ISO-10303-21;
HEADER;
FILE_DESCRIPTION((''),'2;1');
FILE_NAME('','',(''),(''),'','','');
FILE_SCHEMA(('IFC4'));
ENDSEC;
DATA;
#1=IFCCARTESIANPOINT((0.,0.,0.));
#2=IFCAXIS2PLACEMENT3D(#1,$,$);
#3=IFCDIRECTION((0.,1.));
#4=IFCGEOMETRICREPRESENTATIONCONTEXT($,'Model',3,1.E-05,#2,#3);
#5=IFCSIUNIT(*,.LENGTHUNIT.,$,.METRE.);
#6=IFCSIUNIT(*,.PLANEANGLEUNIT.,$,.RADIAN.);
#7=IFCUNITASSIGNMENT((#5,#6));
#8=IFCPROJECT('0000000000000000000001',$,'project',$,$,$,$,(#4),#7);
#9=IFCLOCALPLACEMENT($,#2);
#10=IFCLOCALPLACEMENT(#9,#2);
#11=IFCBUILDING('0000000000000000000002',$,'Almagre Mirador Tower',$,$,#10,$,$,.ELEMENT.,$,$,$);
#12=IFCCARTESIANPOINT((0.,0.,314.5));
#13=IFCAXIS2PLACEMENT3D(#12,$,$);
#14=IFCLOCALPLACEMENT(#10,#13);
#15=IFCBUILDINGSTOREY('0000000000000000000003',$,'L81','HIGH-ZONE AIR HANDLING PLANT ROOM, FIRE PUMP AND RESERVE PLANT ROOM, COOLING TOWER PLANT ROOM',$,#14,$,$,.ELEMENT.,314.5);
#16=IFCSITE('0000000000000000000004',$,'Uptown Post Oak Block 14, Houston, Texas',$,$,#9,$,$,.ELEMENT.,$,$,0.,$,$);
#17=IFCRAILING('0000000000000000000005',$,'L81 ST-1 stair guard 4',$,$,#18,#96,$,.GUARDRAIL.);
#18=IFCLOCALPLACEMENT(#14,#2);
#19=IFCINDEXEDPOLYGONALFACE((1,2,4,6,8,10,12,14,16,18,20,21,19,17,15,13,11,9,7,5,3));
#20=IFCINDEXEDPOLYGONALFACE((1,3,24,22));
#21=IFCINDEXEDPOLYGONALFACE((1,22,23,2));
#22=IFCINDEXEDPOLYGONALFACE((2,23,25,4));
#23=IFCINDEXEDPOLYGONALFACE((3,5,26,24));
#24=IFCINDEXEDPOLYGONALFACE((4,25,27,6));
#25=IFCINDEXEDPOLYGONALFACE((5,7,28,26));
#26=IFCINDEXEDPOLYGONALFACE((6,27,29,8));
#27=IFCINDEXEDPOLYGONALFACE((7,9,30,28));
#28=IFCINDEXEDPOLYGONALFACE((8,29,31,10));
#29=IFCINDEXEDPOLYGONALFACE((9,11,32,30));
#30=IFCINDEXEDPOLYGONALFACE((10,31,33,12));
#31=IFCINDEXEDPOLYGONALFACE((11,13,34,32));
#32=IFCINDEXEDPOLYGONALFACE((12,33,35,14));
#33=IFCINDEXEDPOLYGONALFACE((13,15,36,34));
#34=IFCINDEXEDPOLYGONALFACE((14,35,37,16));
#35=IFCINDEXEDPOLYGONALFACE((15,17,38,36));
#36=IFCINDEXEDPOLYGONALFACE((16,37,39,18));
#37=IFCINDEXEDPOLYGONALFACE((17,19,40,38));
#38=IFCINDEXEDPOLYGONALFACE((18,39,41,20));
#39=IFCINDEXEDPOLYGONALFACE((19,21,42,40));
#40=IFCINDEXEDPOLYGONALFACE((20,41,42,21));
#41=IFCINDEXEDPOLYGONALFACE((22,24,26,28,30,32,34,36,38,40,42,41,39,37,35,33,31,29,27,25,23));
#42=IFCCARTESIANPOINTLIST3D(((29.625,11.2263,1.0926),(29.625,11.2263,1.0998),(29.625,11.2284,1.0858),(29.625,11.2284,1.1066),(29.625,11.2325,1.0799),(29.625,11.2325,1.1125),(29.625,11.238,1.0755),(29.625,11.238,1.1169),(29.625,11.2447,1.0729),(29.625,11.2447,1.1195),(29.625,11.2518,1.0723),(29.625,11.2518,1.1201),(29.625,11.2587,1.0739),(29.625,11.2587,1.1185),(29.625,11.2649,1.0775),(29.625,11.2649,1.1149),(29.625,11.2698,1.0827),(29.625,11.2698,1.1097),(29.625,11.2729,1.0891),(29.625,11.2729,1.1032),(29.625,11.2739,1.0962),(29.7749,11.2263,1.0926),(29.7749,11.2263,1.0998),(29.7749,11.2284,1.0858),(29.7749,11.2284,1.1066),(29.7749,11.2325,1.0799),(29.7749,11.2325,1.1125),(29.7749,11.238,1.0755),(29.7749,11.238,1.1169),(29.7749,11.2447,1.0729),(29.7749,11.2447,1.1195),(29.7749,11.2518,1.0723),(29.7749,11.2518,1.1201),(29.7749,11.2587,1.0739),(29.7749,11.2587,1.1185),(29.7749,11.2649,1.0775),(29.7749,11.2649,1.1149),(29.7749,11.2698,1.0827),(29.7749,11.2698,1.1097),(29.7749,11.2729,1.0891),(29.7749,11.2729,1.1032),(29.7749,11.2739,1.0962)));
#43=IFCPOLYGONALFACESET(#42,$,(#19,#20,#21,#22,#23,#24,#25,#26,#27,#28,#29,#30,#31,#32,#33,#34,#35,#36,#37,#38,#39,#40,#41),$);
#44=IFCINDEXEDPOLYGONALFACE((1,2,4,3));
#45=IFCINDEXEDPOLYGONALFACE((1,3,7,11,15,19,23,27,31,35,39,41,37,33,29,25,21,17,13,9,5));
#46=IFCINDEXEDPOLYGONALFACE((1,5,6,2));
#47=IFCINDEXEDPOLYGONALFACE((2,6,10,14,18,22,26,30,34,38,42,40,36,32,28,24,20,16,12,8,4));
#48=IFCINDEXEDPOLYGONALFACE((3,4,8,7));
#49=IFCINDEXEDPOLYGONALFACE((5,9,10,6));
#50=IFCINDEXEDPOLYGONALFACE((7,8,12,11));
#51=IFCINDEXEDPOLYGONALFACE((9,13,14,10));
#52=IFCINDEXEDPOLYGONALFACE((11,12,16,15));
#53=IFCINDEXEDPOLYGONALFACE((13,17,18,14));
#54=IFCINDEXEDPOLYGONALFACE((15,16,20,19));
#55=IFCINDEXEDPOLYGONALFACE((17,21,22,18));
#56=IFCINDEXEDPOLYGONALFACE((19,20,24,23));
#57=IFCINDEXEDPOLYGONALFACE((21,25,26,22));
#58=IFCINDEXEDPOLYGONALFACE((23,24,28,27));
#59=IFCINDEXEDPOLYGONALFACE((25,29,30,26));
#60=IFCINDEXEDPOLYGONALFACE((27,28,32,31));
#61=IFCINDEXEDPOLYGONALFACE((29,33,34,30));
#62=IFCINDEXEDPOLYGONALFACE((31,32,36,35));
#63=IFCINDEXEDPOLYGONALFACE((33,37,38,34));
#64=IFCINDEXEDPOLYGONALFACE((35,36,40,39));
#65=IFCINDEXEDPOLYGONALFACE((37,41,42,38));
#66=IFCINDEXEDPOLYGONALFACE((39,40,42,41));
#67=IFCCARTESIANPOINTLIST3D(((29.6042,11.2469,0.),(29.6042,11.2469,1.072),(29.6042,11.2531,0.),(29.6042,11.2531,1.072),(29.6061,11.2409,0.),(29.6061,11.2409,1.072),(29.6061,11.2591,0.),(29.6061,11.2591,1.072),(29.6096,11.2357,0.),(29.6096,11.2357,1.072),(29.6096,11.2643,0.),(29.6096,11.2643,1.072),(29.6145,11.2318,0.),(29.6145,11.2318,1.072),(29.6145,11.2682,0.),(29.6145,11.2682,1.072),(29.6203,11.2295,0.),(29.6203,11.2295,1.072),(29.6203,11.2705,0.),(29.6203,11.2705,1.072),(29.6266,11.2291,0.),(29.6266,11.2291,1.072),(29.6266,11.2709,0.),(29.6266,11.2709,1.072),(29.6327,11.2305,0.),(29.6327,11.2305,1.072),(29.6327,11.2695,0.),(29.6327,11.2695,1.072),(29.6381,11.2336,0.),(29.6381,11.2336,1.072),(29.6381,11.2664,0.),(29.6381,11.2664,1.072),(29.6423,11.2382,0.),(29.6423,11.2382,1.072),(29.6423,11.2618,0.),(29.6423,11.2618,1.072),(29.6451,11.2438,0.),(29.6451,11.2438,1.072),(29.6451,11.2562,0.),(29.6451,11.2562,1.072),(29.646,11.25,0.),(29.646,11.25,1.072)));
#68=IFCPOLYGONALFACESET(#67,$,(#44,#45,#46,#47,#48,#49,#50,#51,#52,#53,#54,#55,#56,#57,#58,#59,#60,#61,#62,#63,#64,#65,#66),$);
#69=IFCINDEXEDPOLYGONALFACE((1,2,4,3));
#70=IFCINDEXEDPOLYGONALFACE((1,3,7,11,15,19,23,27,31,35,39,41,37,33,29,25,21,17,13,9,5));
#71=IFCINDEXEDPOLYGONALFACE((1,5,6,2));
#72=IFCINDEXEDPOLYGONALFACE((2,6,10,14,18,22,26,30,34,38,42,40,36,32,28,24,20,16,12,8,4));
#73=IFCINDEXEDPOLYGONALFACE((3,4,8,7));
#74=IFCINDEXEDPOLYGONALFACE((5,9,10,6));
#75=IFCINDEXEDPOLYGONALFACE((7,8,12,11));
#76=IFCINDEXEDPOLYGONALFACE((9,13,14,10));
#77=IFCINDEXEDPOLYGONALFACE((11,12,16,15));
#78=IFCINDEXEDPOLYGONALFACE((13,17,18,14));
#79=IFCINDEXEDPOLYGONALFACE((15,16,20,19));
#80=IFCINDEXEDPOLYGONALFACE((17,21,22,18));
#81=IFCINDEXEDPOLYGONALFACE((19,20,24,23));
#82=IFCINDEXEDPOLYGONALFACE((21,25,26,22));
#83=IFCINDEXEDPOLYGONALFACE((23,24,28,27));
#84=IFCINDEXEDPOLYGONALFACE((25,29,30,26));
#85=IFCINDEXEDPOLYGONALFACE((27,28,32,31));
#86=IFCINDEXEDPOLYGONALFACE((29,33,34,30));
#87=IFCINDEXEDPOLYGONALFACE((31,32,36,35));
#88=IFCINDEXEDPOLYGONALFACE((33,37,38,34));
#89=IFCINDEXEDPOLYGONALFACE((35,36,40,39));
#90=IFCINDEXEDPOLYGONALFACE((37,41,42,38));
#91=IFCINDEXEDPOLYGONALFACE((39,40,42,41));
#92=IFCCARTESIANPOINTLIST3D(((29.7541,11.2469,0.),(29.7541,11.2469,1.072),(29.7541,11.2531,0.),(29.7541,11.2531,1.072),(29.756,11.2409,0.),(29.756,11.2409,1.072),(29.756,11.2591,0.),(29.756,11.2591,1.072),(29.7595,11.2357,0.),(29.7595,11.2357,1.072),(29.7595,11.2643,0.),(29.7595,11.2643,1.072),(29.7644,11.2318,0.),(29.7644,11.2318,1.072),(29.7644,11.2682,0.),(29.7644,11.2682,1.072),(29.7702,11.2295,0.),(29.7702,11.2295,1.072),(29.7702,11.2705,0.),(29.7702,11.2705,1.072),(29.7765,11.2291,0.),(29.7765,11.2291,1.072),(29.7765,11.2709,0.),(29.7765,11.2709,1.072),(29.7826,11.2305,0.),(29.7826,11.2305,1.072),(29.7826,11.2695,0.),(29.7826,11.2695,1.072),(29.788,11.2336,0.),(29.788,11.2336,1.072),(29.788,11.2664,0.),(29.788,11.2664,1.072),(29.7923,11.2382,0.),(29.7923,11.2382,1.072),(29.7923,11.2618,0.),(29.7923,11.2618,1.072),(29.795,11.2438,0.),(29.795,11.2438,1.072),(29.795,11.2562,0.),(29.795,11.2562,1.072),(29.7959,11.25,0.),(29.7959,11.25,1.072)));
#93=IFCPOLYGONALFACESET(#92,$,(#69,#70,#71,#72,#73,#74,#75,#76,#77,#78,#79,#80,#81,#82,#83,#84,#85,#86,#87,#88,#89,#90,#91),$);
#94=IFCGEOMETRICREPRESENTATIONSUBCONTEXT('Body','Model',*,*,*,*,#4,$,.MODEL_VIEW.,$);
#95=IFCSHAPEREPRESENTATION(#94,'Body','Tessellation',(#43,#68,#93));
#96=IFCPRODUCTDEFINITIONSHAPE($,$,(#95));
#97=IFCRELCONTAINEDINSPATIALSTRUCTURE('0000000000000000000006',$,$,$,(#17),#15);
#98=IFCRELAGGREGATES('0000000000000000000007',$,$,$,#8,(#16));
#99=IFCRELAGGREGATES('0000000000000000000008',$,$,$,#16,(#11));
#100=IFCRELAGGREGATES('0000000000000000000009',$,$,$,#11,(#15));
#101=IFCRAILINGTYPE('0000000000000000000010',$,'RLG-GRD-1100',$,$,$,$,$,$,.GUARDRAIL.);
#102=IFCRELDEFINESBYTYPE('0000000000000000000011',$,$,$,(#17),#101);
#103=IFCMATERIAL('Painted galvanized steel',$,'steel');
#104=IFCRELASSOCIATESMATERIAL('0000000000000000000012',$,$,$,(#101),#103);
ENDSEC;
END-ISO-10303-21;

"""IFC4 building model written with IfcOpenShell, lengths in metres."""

from ifc_helpers import new_model, si_unit, direction, frame, origin, origin_2d, place, context, subcontext, project, spatial, circle, extrude, material, type_object, element, save


model = new_model("IFC4")

# Units and contexts
model_context = context("Model", 3, precision=1e-05, world=origin(), true_north=direction((0.0, 1.0)))
body_context = subcontext(model_context, "Body", "Model", "MODEL_VIEW")
ifc_project = project(units=[si_unit("LENGTHUNIT", "METRE"), si_unit("PLANEANGLEUNIT", "RADIAN")], contexts=[model_context])

# Site, building, storey
site_placement = place(None, origin())
site = spatial("IfcSite", under=ifc_project, at=site_placement, Name="Uptown Post Oak Block 14, Houston, Texas", CompositionType="ELEMENT", RefElevation=0.0)
building_placement = place(site_placement, origin())
building = spatial("IfcBuilding", under=site, at=building_placement, Name="Almagre Mirador Tower", CompositionType="ELEMENT")
storey_placement = place(building_placement, frame((0.0, 0.0, 314.5)))
storey = spatial("IfcBuildingStorey", under=building, at=storey_placement, Name="L81", Description="HIGH-ZONE AIR HANDLING PLANT ROOM, FIRE PUMP AND RESERVE PLANT ROOM, COOLING TOWER PLANT ROOM", CompositionType="ELEMENT", Elevation=314.5)

# Railing
ifc_material_1 = material(Name="Painted galvanized steel", Category="steel")
railing_type_1 = type_object("IfcRailingType", Name="RLG-GRD-1100", PredefinedType="GUARDRAIL", material=ifc_material_1)
railing_1_placement = place(storey_placement, frame((29.625, 11.25, 0.0)))
element("IfcRailing", 1, at=railing_1_placement, inside=storey, type_object=railing_type_1, Name="L81 ST-1 stair guard 4", PredefinedType="GUARDRAIL", context=body_context, shape_type="SweptSolid", body=[
    extrude(circle(Radius=0.0239, at=origin_2d()), frame((0.0, 0.0, 1.0962), z_axis=(1.0, 0.0, 0.0), x_axis=(0.0, 1.0, 0.0)), (0.0, 0.0, 1.0), 0.1499),
    extrude(circle(Radius=0.021, at=origin_2d()), origin(), (0.0, 0.0, 1.0), 1.072),
    extrude(circle(Radius=0.021, at=origin_2d()), frame((0.1499, 0.0, 0.0)), (0.0, 0.0, 1.0), 1.072),
])

save(model, "model.ifc")
